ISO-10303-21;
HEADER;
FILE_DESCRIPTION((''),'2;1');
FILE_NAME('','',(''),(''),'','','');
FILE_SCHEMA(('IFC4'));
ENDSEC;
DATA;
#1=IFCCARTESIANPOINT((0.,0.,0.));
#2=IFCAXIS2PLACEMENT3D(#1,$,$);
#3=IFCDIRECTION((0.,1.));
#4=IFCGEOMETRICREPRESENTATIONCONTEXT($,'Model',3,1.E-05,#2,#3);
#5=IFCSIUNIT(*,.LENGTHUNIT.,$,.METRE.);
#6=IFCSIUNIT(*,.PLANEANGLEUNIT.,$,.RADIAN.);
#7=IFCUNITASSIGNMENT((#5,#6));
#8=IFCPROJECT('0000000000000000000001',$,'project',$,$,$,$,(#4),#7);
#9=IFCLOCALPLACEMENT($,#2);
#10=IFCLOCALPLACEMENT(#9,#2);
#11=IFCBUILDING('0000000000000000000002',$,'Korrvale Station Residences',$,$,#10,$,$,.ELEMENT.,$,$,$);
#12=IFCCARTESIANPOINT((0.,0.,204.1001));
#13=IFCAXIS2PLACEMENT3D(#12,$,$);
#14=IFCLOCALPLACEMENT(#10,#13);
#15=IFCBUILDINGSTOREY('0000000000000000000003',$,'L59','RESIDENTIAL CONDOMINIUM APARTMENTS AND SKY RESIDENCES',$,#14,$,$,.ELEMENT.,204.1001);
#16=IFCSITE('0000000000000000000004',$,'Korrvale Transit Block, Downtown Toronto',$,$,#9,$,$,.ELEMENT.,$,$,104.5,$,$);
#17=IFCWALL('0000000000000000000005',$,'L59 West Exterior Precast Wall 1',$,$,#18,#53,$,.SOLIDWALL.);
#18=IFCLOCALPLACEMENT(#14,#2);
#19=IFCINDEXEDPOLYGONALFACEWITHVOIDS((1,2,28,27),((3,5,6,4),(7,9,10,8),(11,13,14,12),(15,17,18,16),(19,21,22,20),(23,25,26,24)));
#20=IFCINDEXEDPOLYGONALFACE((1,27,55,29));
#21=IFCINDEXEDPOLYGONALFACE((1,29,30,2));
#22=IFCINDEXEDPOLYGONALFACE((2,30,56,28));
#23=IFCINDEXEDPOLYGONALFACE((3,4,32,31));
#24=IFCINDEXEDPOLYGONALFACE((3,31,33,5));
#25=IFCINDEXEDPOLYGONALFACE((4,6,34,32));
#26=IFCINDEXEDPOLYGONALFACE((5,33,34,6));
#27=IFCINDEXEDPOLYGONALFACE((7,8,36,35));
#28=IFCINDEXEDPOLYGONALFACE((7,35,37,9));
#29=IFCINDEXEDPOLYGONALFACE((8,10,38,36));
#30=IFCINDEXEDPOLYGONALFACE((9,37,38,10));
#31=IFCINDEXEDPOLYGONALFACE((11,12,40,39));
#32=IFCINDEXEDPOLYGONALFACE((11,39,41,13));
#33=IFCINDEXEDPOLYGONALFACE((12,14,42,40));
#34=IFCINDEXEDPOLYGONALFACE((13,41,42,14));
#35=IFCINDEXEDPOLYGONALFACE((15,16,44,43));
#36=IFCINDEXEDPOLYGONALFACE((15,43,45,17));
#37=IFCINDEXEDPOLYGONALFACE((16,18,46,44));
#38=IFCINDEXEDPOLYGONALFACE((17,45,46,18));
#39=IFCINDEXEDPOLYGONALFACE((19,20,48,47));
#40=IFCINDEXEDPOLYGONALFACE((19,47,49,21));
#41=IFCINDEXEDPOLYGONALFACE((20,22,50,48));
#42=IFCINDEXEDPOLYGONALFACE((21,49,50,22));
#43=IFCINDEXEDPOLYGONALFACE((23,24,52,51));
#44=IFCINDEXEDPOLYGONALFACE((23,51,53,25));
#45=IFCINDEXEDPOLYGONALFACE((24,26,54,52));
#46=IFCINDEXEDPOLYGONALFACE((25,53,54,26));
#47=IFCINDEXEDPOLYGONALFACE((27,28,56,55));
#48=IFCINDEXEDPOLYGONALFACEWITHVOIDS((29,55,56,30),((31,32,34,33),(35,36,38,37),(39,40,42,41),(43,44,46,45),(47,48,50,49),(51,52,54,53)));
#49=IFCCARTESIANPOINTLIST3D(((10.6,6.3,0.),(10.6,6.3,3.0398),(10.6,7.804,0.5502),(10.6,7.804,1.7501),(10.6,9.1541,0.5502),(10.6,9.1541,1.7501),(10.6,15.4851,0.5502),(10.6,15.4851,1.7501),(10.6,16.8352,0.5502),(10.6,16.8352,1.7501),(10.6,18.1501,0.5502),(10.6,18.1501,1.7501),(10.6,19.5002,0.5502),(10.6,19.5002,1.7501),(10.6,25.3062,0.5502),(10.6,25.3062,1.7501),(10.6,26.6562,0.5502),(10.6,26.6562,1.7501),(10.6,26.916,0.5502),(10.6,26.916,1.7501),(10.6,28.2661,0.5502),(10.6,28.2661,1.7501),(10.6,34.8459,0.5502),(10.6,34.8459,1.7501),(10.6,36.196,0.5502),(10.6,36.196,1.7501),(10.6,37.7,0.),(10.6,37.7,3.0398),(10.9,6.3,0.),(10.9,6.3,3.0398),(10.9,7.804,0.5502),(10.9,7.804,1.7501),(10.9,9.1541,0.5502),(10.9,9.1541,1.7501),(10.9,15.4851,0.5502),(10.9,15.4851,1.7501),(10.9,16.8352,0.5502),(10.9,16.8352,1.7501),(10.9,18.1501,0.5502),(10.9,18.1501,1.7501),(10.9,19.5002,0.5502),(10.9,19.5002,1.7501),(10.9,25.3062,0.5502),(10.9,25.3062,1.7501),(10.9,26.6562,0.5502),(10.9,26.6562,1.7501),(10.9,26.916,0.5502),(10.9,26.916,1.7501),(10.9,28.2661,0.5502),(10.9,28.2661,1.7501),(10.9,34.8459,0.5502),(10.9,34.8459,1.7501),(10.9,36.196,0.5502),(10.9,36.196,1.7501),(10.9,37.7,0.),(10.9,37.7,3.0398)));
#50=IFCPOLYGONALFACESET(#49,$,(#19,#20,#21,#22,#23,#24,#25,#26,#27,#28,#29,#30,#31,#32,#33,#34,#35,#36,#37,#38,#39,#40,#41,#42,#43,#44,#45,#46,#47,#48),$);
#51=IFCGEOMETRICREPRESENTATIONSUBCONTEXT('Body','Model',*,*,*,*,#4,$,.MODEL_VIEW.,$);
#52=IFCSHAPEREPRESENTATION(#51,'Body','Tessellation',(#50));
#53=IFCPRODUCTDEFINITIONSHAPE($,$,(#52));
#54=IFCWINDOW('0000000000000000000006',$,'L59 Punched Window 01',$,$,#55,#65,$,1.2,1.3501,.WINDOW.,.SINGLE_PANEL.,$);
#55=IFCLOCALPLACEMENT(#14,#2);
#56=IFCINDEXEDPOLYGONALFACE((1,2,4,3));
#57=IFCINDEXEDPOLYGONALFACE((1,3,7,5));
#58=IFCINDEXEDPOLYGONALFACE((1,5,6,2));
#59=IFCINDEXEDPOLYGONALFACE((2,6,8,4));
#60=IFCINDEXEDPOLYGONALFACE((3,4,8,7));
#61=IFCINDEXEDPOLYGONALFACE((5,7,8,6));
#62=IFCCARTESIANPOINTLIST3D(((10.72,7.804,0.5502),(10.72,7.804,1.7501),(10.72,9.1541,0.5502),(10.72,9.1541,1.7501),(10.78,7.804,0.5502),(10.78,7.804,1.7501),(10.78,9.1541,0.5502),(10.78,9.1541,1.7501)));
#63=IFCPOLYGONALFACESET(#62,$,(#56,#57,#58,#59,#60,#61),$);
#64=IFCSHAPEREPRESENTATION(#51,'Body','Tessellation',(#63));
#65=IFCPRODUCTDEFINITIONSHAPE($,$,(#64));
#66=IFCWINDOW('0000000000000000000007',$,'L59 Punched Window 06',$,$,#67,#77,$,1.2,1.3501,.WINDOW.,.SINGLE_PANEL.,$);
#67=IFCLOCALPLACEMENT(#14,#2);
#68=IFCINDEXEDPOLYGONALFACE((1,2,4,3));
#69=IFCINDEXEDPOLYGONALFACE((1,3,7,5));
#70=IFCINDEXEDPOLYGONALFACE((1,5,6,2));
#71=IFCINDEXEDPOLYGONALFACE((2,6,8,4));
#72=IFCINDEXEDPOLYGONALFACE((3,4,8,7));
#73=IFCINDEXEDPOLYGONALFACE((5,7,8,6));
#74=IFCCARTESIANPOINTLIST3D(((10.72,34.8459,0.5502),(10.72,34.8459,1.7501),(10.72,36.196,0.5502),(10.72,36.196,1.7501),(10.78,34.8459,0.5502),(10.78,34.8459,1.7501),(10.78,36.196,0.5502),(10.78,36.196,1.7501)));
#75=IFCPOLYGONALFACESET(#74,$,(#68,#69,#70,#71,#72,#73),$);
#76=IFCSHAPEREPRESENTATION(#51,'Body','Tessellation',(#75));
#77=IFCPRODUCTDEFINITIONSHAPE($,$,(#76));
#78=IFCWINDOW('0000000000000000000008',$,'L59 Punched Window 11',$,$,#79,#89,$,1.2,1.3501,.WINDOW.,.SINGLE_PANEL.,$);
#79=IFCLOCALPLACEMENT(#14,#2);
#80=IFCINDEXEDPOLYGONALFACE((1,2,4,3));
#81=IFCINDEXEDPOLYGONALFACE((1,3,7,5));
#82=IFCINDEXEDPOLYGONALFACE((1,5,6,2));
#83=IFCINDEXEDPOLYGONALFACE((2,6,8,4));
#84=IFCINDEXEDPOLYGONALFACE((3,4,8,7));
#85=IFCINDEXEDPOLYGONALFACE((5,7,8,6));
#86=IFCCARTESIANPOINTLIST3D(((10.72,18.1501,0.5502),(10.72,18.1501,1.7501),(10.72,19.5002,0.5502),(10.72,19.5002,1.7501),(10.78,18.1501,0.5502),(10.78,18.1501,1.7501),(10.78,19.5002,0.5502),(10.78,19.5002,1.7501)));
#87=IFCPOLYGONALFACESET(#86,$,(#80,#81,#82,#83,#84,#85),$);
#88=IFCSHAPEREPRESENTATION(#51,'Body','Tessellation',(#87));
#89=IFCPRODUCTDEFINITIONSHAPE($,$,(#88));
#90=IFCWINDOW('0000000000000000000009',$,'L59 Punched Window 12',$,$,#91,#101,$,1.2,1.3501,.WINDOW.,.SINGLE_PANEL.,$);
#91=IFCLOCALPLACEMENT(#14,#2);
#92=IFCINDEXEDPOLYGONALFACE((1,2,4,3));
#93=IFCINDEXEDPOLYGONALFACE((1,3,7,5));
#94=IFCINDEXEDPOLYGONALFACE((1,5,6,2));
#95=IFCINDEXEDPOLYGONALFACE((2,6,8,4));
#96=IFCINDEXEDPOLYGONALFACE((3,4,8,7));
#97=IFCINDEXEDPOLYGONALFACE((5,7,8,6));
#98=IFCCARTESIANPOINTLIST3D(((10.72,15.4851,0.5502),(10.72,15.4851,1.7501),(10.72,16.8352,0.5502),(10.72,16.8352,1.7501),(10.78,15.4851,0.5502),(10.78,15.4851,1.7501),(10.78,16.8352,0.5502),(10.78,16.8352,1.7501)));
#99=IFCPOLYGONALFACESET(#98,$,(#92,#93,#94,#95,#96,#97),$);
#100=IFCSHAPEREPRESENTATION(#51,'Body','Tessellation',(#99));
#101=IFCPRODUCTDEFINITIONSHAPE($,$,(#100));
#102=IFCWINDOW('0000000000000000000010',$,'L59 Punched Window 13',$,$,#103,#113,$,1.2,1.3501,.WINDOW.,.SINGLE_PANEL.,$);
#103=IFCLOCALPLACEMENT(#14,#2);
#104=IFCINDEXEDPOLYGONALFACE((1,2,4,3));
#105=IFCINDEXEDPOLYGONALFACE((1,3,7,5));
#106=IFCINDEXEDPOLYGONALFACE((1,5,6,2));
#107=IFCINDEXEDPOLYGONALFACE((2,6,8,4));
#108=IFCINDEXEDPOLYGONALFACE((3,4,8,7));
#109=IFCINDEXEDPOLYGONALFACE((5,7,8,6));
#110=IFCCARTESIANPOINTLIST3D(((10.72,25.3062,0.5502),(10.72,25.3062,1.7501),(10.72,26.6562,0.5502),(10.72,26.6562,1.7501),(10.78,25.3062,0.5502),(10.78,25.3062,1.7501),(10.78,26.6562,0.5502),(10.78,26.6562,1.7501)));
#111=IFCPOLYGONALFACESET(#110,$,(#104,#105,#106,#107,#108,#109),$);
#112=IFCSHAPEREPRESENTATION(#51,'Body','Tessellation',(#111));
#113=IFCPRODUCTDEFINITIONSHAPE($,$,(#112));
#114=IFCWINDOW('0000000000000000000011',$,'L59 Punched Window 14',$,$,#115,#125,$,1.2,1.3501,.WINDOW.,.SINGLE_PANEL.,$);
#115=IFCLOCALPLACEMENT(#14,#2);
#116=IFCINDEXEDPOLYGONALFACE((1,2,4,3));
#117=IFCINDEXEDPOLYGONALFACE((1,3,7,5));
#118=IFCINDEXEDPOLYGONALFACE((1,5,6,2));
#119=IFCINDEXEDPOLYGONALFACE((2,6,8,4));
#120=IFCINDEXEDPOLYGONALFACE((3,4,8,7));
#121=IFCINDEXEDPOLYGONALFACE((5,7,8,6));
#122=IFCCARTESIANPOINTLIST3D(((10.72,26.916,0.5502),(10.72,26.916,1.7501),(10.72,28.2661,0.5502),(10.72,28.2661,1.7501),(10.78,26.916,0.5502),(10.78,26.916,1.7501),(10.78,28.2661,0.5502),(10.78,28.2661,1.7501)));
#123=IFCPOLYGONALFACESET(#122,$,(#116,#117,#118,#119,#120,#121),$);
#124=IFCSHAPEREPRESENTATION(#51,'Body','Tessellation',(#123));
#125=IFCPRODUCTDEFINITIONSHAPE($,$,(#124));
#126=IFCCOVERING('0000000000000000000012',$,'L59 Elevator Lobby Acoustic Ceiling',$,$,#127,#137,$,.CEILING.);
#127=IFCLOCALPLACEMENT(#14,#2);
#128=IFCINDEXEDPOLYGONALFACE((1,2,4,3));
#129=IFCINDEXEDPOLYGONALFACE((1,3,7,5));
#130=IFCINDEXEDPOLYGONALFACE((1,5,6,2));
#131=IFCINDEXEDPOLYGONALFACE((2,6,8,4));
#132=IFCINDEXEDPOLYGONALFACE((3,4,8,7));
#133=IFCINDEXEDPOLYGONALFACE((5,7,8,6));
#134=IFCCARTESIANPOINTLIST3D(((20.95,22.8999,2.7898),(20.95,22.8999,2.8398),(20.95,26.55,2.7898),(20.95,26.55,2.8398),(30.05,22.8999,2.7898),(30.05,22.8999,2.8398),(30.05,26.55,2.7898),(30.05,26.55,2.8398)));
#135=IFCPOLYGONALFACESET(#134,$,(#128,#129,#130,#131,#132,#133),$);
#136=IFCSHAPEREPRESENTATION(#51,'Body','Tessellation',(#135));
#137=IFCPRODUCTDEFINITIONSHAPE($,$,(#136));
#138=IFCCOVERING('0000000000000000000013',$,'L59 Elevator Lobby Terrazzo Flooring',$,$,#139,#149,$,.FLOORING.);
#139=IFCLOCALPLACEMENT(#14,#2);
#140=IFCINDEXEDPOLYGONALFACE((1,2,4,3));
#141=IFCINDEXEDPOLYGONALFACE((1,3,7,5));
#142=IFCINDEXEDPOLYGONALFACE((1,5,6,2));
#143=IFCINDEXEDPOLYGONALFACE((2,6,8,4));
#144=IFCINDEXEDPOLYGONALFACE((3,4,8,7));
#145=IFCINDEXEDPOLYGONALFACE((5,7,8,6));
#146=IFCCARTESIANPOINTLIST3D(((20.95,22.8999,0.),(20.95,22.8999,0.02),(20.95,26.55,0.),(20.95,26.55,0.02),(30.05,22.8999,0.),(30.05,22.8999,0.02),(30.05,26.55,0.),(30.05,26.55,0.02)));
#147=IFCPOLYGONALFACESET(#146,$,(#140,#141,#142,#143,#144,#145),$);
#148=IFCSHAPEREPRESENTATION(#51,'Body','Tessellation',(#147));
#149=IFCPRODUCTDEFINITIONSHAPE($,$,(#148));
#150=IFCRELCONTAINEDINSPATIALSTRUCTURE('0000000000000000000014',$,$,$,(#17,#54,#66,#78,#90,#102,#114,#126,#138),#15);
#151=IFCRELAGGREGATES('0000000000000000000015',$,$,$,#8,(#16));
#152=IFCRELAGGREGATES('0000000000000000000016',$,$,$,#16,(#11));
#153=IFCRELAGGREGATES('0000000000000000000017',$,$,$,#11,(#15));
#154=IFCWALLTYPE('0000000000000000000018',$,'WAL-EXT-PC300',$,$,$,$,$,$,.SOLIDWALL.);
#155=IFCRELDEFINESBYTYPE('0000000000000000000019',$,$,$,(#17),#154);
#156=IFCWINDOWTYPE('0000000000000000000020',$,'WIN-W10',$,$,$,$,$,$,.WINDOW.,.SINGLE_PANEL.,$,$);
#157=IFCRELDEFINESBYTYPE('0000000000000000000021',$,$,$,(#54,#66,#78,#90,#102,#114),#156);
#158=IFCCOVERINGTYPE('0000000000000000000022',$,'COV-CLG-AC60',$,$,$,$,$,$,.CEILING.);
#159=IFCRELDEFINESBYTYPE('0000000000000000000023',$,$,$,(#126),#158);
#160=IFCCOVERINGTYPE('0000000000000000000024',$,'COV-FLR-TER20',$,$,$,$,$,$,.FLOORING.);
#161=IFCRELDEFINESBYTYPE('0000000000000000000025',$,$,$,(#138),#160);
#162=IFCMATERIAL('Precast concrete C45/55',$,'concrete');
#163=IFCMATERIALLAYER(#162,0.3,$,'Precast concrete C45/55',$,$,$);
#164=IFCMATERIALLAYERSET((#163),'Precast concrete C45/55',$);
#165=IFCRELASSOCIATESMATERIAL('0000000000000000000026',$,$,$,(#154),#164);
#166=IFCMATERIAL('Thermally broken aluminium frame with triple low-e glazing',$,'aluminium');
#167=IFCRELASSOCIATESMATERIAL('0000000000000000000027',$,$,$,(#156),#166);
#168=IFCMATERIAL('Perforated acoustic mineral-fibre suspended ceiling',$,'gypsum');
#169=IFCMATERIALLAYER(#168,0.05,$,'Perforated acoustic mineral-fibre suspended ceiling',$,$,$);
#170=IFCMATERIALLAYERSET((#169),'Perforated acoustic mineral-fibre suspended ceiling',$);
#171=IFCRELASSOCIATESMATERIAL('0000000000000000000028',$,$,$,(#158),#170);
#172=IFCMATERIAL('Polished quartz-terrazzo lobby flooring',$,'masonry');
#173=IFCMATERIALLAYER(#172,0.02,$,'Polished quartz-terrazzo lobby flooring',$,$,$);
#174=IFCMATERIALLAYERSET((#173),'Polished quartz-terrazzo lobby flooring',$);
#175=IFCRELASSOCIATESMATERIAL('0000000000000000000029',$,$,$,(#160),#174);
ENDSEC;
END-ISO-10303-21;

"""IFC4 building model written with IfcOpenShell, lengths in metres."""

from ifc_helpers import new_model, si_unit, direction, frame, frame_2d, origin, place, context, subcontext, project, spatial, polyline, rectangle, outline, extrude, material, layer, layer_set, type_object, element, fill, save


model = new_model("IFC4")

# Units and contexts
model_context = context("Model", 3, precision=1e-05, world=origin(), true_north=direction((0.0, 1.0)))
body_context = subcontext(model_context, "Body", "Model", "MODEL_VIEW")
ifc_project = project(units=[si_unit("LENGTHUNIT", "METRE"), si_unit("PLANEANGLEUNIT", "RADIAN")], contexts=[model_context])

# Site, building, storey
site_placement = place(None, origin())
site = spatial("IfcSite", under=ifc_project, at=site_placement, Name="Korrvale Transit Block, Downtown Toronto", CompositionType="ELEMENT", RefElevation=104.5)
building_placement = place(site_placement, origin())
building = spatial("IfcBuilding", under=site, at=building_placement, Name="Korrvale Station Residences", CompositionType="ELEMENT")
storey_placement = place(building_placement, frame((0.0, 0.0, 204.1001)))
storey = spatial("IfcBuildingStorey", under=building, at=storey_placement, Name="L59", Description="RESIDENTIAL CONDOMINIUM APARTMENTS AND SKY RESIDENCES", CompositionType="ELEMENT", Elevation=204.1001)

# Shared definitions
ifc_material_1 = material(Name="Precast concrete C45/55", Category="concrete")
ifc_layer_1 = layer(ifc_material_1, 0.3, Name="Precast concrete C45/55")
ifc_layer_set_1 = layer_set([ifc_layer_1], Name="Precast concrete C45/55")
wall_type_1 = type_object("IfcWallType", Name="WAL-EXT-PC300", PredefinedType="SOLIDWALL", material=ifc_layer_set_1)

# Wall, openings, windows
wall_1_placement = place(storey_placement, frame((10.75, 6.3, 0.0), z_axis=(0.0, 0.0, 1.0), x_axis=(0.0, 1.0, 0.0)))
wall_1 = element("IfcWall", 1, at=wall_1_placement, inside=storey, type_object=wall_type_1, Name="L59 West Exterior Precast Wall 1", PredefinedType="SOLIDWALL", context=body_context, shape_type="SweptSolid", body=[
    extrude(rectangle(XDim=31.3999, YDim=0.3, at=frame_2d((15.7, 0.0))), origin(), (0.0, 0.0, 1.0), 3.0398),
])
opening_1_placement = place(wall_1_placement, frame((1.5039, 0.0, 0.55)))
opening_1 = element("IfcOpeningElement", 2, at=opening_1_placement, cuts=wall_1, PredefinedType="OPENING", context=body_context, shape_type="SweptSolid", body=[
    extrude(rectangle(XDim=1.3501, YDim=1.2, at=frame_2d((0.675, 0.6001))), frame((0.0, 0.1602, 0.0), z_axis=(0.0, -1.0, 0.0), x_axis=(1.0, 0.0, 0.0)), (0.0, 0.0, 1.0), 0.3201),
])
opening_2_placement = place(wall_1_placement, frame((28.5459, 0.0, 0.55)))
opening_2 = element("IfcOpeningElement", 3, at=opening_2_placement, cuts=wall_1, PredefinedType="OPENING", context=body_context, shape_type="SweptSolid", body=[
    extrude(rectangle(XDim=1.3501, YDim=1.2, at=frame_2d((0.675, 0.6001))), frame((0.0, 0.1602, 0.0), z_axis=(0.0, -1.0, 0.0), x_axis=(1.0, 0.0, 0.0)), (0.0, 0.0, 1.0), 0.3201),
])
opening_3_placement = place(wall_1_placement, frame((11.8501, 0.0, 0.55)))
opening_3 = element("IfcOpeningElement", 4, at=opening_3_placement, cuts=wall_1, PredefinedType="OPENING", context=body_context, shape_type="SweptSolid", body=[
    extrude(rectangle(XDim=1.3501, YDim=1.2, at=frame_2d((0.675, 0.6001))), frame((0.0, 0.1602, 0.0), z_axis=(0.0, -1.0, 0.0), x_axis=(1.0, 0.0, 0.0)), (0.0, 0.0, 1.0), 0.3201),
])
opening_4_placement = place(wall_1_placement, frame((9.1851, 0.0, 0.55)))
opening_4 = element("IfcOpeningElement", 5, at=opening_4_placement, cuts=wall_1, PredefinedType="OPENING", context=body_context, shape_type="SweptSolid", body=[
    extrude(rectangle(XDim=1.3501, YDim=1.2, at=frame_2d((0.675, 0.6001))), frame((0.0, 0.1602, 0.0), z_axis=(0.0, -1.0, 0.0), x_axis=(1.0, 0.0, 0.0)), (0.0, 0.0, 1.0), 0.3201),
])
opening_5_placement = place(wall_1_placement, frame((19.0061, 0.0, 0.55)))
opening_5 = element("IfcOpeningElement", 6, at=opening_5_placement, cuts=wall_1, PredefinedType="OPENING", context=body_context, shape_type="SweptSolid", body=[
    extrude(rectangle(XDim=1.3501, YDim=1.2, at=frame_2d((0.675, 0.6001))), frame((0.0, 0.1602, 0.0), z_axis=(0.0, -1.0, 0.0), x_axis=(1.0, 0.0, 0.0)), (0.0, 0.0, 1.0), 0.3201),
])
opening_6_placement = place(wall_1_placement, frame((20.616, 0.0, 0.55)))
opening_6 = element("IfcOpeningElement", 7, at=opening_6_placement, cuts=wall_1, PredefinedType="OPENING", context=body_context, shape_type="SweptSolid", body=[
    extrude(rectangle(XDim=1.3501, YDim=1.2, at=frame_2d((0.675, 0.6001))), frame((0.0, 0.1602, 0.0), z_axis=(0.0, -1.0, 0.0), x_axis=(1.0, 0.0, 0.0)), (0.0, 0.0, 1.0), 0.3201),
])
ifc_material_2 = material(Name="Thermally broken aluminium frame with triple low-e glazing", Category="aluminium")
window_type = type_object("IfcWindowType", Name="WIN-W10", PartitioningType="SINGLE_PANEL", PredefinedType="WINDOW", material=ifc_material_2)
window_1_placement = place(opening_1_placement, origin())
window_1 = element("IfcWindow", 8, at=window_1_placement, inside=storey, type_object=window_type, Name="L59 Punched Window 01", OverallHeight=1.2, OverallWidth=1.3501, PartitioningType="SINGLE_PANEL", PredefinedType="WINDOW", context=body_context, shape_type="SweptSolid", body=[
    extrude(rectangle(XDim=1.3501, YDim=1.2, at=frame_2d((0.675, 0.6001))), frame((0.0, 0.03, 0.0), z_axis=(0.0, -1.0, 0.0), x_axis=(1.0, 0.0, 0.0)), (0.0, 0.0, 1.0), 0.0601),
])
fill(opening_1, window_1)
window_2_placement = place(opening_2_placement, origin())
window_2 = element("IfcWindow", 9, at=window_2_placement, inside=storey, type_object=window_type, Name="L59 Punched Window 06", OverallHeight=1.2, OverallWidth=1.3501, PartitioningType="SINGLE_PANEL", PredefinedType="WINDOW", context=body_context, shape_type="SweptSolid", body=[
    extrude(rectangle(XDim=1.3501, YDim=1.2, at=frame_2d((0.675, 0.6001))), frame((0.0, 0.03, 0.0), z_axis=(0.0, -1.0, 0.0), x_axis=(1.0, 0.0, 0.0)), (0.0, 0.0, 1.0), 0.0601),
])
fill(opening_2, window_2)
window_3_placement = place(opening_3_placement, origin())
window_3 = element("IfcWindow", 10, at=window_3_placement, inside=storey, type_object=window_type, Name="L59 Punched Window 11", OverallHeight=1.2, OverallWidth=1.3501, PartitioningType="SINGLE_PANEL", PredefinedType="WINDOW", context=body_context, shape_type="SweptSolid", body=[
    extrude(rectangle(XDim=1.3501, YDim=1.2, at=frame_2d((0.675, 0.6001))), frame((0.0, 0.03, 0.0), z_axis=(0.0, -1.0, 0.0), x_axis=(1.0, 0.0, 0.0)), (0.0, 0.0, 1.0), 0.0601),
])
fill(opening_3, window_3)
window_4_placement = place(opening_4_placement, origin())
window_4 = element("IfcWindow", 11, at=window_4_placement, inside=storey, type_object=window_type, Name="L59 Punched Window 12", OverallHeight=1.2, OverallWidth=1.3501, PartitioningType="SINGLE_PANEL", PredefinedType="WINDOW", context=body_context, shape_type="SweptSolid", body=[
    extrude(rectangle(XDim=1.3501, YDim=1.2, at=frame_2d((0.675, 0.6001))), frame((0.0, 0.03, 0.0), z_axis=(0.0, -1.0, 0.0), x_axis=(1.0, 0.0, 0.0)), (0.0, 0.0, 1.0), 0.0601),
])
fill(opening_4, window_4)
window_5_placement = place(opening_5_placement, origin())
window_5 = element("IfcWindow", 12, at=window_5_placement, inside=storey, type_object=window_type, Name="L59 Punched Window 13", OverallHeight=1.2, OverallWidth=1.3501, PartitioningType="SINGLE_PANEL", PredefinedType="WINDOW", context=body_context, shape_type="SweptSolid", body=[
    extrude(rectangle(XDim=1.3501, YDim=1.2, at=frame_2d((0.675, 0.6001))), frame((0.0, 0.03, 0.0), z_axis=(0.0, -1.0, 0.0), x_axis=(1.0, 0.0, 0.0)), (0.0, 0.0, 1.0), 0.0601),
])
fill(opening_5, window_5)
window_6_placement = place(opening_6_placement, origin())
window_6 = element("IfcWindow", 13, at=window_6_placement, inside=storey, type_object=window_type, Name="L59 Punched Window 14", OverallHeight=1.2, OverallWidth=1.3501, PartitioningType="SINGLE_PANEL", PredefinedType="WINDOW", context=body_context, shape_type="SweptSolid", body=[
    extrude(rectangle(XDim=1.3501, YDim=1.2, at=frame_2d((0.675, 0.6001))), frame((0.0, 0.03, 0.0), z_axis=(0.0, -1.0, 0.0), x_axis=(1.0, 0.0, 0.0)), (0.0, 0.0, 1.0), 0.0601),
])
fill(opening_6, window_6)

# Coverings
ifc_material_3 = material(Name="Perforated acoustic mineral-fibre suspended ceiling", Category="gypsum")
ifc_layer_2 = layer(ifc_material_3, 0.05, Name="Perforated acoustic mineral-fibre suspended ceiling")
ifc_layer_set_2 = layer_set([ifc_layer_2], Name="Perforated acoustic mineral-fibre suspended ceiling")
covering_type_1 = type_object("IfcCoveringType", Name="COV-CLG-AC60", PredefinedType="CEILING", material=ifc_layer_set_2)
covering_1_placement = place(storey_placement, frame((0.0, 0.0, 2.7898)))
element("IfcCovering", 14, at=covering_1_placement, inside=storey, type_object=covering_type_1, Name="L59 Elevator Lobby Acoustic Ceiling", PredefinedType="CEILING", context=body_context, shape_type="SweptSolid", body=[
    extrude(outline(polyline([(20.95, 22.8999), (30.05, 22.8999), (30.05, 26.55), (20.95, 26.55), (20.95, 22.8999)])), origin(), (0.0, 0.0, 1.0), 0.05),
])
ifc_material_4 = material(Name="Polished quartz-terrazzo lobby flooring", Category="masonry")
ifc_layer_3 = layer(ifc_material_4, 0.02, Name="Polished quartz-terrazzo lobby flooring")
ifc_layer_set_3 = layer_set([ifc_layer_3], Name="Polished quartz-terrazzo lobby flooring")
covering_type_2 = type_object("IfcCoveringType", Name="COV-FLR-TER20", PredefinedType="FLOORING", material=ifc_layer_set_3)
covering_2_placement = place(storey_placement, origin())
element("IfcCovering", 15, at=covering_2_placement, inside=storey, type_object=covering_type_2, Name="L59 Elevator Lobby Terrazzo Flooring", PredefinedType="FLOORING", context=body_context, shape_type="SweptSolid", body=[
    extrude(outline(polyline([(20.95, 22.8999), (30.05, 22.8999), (30.05, 26.55), (20.95, 26.55), (20.95, 22.8999)])), origin(), (0.0, 0.0, 1.0), 0.02),
])

save(model, "model.ifc")
